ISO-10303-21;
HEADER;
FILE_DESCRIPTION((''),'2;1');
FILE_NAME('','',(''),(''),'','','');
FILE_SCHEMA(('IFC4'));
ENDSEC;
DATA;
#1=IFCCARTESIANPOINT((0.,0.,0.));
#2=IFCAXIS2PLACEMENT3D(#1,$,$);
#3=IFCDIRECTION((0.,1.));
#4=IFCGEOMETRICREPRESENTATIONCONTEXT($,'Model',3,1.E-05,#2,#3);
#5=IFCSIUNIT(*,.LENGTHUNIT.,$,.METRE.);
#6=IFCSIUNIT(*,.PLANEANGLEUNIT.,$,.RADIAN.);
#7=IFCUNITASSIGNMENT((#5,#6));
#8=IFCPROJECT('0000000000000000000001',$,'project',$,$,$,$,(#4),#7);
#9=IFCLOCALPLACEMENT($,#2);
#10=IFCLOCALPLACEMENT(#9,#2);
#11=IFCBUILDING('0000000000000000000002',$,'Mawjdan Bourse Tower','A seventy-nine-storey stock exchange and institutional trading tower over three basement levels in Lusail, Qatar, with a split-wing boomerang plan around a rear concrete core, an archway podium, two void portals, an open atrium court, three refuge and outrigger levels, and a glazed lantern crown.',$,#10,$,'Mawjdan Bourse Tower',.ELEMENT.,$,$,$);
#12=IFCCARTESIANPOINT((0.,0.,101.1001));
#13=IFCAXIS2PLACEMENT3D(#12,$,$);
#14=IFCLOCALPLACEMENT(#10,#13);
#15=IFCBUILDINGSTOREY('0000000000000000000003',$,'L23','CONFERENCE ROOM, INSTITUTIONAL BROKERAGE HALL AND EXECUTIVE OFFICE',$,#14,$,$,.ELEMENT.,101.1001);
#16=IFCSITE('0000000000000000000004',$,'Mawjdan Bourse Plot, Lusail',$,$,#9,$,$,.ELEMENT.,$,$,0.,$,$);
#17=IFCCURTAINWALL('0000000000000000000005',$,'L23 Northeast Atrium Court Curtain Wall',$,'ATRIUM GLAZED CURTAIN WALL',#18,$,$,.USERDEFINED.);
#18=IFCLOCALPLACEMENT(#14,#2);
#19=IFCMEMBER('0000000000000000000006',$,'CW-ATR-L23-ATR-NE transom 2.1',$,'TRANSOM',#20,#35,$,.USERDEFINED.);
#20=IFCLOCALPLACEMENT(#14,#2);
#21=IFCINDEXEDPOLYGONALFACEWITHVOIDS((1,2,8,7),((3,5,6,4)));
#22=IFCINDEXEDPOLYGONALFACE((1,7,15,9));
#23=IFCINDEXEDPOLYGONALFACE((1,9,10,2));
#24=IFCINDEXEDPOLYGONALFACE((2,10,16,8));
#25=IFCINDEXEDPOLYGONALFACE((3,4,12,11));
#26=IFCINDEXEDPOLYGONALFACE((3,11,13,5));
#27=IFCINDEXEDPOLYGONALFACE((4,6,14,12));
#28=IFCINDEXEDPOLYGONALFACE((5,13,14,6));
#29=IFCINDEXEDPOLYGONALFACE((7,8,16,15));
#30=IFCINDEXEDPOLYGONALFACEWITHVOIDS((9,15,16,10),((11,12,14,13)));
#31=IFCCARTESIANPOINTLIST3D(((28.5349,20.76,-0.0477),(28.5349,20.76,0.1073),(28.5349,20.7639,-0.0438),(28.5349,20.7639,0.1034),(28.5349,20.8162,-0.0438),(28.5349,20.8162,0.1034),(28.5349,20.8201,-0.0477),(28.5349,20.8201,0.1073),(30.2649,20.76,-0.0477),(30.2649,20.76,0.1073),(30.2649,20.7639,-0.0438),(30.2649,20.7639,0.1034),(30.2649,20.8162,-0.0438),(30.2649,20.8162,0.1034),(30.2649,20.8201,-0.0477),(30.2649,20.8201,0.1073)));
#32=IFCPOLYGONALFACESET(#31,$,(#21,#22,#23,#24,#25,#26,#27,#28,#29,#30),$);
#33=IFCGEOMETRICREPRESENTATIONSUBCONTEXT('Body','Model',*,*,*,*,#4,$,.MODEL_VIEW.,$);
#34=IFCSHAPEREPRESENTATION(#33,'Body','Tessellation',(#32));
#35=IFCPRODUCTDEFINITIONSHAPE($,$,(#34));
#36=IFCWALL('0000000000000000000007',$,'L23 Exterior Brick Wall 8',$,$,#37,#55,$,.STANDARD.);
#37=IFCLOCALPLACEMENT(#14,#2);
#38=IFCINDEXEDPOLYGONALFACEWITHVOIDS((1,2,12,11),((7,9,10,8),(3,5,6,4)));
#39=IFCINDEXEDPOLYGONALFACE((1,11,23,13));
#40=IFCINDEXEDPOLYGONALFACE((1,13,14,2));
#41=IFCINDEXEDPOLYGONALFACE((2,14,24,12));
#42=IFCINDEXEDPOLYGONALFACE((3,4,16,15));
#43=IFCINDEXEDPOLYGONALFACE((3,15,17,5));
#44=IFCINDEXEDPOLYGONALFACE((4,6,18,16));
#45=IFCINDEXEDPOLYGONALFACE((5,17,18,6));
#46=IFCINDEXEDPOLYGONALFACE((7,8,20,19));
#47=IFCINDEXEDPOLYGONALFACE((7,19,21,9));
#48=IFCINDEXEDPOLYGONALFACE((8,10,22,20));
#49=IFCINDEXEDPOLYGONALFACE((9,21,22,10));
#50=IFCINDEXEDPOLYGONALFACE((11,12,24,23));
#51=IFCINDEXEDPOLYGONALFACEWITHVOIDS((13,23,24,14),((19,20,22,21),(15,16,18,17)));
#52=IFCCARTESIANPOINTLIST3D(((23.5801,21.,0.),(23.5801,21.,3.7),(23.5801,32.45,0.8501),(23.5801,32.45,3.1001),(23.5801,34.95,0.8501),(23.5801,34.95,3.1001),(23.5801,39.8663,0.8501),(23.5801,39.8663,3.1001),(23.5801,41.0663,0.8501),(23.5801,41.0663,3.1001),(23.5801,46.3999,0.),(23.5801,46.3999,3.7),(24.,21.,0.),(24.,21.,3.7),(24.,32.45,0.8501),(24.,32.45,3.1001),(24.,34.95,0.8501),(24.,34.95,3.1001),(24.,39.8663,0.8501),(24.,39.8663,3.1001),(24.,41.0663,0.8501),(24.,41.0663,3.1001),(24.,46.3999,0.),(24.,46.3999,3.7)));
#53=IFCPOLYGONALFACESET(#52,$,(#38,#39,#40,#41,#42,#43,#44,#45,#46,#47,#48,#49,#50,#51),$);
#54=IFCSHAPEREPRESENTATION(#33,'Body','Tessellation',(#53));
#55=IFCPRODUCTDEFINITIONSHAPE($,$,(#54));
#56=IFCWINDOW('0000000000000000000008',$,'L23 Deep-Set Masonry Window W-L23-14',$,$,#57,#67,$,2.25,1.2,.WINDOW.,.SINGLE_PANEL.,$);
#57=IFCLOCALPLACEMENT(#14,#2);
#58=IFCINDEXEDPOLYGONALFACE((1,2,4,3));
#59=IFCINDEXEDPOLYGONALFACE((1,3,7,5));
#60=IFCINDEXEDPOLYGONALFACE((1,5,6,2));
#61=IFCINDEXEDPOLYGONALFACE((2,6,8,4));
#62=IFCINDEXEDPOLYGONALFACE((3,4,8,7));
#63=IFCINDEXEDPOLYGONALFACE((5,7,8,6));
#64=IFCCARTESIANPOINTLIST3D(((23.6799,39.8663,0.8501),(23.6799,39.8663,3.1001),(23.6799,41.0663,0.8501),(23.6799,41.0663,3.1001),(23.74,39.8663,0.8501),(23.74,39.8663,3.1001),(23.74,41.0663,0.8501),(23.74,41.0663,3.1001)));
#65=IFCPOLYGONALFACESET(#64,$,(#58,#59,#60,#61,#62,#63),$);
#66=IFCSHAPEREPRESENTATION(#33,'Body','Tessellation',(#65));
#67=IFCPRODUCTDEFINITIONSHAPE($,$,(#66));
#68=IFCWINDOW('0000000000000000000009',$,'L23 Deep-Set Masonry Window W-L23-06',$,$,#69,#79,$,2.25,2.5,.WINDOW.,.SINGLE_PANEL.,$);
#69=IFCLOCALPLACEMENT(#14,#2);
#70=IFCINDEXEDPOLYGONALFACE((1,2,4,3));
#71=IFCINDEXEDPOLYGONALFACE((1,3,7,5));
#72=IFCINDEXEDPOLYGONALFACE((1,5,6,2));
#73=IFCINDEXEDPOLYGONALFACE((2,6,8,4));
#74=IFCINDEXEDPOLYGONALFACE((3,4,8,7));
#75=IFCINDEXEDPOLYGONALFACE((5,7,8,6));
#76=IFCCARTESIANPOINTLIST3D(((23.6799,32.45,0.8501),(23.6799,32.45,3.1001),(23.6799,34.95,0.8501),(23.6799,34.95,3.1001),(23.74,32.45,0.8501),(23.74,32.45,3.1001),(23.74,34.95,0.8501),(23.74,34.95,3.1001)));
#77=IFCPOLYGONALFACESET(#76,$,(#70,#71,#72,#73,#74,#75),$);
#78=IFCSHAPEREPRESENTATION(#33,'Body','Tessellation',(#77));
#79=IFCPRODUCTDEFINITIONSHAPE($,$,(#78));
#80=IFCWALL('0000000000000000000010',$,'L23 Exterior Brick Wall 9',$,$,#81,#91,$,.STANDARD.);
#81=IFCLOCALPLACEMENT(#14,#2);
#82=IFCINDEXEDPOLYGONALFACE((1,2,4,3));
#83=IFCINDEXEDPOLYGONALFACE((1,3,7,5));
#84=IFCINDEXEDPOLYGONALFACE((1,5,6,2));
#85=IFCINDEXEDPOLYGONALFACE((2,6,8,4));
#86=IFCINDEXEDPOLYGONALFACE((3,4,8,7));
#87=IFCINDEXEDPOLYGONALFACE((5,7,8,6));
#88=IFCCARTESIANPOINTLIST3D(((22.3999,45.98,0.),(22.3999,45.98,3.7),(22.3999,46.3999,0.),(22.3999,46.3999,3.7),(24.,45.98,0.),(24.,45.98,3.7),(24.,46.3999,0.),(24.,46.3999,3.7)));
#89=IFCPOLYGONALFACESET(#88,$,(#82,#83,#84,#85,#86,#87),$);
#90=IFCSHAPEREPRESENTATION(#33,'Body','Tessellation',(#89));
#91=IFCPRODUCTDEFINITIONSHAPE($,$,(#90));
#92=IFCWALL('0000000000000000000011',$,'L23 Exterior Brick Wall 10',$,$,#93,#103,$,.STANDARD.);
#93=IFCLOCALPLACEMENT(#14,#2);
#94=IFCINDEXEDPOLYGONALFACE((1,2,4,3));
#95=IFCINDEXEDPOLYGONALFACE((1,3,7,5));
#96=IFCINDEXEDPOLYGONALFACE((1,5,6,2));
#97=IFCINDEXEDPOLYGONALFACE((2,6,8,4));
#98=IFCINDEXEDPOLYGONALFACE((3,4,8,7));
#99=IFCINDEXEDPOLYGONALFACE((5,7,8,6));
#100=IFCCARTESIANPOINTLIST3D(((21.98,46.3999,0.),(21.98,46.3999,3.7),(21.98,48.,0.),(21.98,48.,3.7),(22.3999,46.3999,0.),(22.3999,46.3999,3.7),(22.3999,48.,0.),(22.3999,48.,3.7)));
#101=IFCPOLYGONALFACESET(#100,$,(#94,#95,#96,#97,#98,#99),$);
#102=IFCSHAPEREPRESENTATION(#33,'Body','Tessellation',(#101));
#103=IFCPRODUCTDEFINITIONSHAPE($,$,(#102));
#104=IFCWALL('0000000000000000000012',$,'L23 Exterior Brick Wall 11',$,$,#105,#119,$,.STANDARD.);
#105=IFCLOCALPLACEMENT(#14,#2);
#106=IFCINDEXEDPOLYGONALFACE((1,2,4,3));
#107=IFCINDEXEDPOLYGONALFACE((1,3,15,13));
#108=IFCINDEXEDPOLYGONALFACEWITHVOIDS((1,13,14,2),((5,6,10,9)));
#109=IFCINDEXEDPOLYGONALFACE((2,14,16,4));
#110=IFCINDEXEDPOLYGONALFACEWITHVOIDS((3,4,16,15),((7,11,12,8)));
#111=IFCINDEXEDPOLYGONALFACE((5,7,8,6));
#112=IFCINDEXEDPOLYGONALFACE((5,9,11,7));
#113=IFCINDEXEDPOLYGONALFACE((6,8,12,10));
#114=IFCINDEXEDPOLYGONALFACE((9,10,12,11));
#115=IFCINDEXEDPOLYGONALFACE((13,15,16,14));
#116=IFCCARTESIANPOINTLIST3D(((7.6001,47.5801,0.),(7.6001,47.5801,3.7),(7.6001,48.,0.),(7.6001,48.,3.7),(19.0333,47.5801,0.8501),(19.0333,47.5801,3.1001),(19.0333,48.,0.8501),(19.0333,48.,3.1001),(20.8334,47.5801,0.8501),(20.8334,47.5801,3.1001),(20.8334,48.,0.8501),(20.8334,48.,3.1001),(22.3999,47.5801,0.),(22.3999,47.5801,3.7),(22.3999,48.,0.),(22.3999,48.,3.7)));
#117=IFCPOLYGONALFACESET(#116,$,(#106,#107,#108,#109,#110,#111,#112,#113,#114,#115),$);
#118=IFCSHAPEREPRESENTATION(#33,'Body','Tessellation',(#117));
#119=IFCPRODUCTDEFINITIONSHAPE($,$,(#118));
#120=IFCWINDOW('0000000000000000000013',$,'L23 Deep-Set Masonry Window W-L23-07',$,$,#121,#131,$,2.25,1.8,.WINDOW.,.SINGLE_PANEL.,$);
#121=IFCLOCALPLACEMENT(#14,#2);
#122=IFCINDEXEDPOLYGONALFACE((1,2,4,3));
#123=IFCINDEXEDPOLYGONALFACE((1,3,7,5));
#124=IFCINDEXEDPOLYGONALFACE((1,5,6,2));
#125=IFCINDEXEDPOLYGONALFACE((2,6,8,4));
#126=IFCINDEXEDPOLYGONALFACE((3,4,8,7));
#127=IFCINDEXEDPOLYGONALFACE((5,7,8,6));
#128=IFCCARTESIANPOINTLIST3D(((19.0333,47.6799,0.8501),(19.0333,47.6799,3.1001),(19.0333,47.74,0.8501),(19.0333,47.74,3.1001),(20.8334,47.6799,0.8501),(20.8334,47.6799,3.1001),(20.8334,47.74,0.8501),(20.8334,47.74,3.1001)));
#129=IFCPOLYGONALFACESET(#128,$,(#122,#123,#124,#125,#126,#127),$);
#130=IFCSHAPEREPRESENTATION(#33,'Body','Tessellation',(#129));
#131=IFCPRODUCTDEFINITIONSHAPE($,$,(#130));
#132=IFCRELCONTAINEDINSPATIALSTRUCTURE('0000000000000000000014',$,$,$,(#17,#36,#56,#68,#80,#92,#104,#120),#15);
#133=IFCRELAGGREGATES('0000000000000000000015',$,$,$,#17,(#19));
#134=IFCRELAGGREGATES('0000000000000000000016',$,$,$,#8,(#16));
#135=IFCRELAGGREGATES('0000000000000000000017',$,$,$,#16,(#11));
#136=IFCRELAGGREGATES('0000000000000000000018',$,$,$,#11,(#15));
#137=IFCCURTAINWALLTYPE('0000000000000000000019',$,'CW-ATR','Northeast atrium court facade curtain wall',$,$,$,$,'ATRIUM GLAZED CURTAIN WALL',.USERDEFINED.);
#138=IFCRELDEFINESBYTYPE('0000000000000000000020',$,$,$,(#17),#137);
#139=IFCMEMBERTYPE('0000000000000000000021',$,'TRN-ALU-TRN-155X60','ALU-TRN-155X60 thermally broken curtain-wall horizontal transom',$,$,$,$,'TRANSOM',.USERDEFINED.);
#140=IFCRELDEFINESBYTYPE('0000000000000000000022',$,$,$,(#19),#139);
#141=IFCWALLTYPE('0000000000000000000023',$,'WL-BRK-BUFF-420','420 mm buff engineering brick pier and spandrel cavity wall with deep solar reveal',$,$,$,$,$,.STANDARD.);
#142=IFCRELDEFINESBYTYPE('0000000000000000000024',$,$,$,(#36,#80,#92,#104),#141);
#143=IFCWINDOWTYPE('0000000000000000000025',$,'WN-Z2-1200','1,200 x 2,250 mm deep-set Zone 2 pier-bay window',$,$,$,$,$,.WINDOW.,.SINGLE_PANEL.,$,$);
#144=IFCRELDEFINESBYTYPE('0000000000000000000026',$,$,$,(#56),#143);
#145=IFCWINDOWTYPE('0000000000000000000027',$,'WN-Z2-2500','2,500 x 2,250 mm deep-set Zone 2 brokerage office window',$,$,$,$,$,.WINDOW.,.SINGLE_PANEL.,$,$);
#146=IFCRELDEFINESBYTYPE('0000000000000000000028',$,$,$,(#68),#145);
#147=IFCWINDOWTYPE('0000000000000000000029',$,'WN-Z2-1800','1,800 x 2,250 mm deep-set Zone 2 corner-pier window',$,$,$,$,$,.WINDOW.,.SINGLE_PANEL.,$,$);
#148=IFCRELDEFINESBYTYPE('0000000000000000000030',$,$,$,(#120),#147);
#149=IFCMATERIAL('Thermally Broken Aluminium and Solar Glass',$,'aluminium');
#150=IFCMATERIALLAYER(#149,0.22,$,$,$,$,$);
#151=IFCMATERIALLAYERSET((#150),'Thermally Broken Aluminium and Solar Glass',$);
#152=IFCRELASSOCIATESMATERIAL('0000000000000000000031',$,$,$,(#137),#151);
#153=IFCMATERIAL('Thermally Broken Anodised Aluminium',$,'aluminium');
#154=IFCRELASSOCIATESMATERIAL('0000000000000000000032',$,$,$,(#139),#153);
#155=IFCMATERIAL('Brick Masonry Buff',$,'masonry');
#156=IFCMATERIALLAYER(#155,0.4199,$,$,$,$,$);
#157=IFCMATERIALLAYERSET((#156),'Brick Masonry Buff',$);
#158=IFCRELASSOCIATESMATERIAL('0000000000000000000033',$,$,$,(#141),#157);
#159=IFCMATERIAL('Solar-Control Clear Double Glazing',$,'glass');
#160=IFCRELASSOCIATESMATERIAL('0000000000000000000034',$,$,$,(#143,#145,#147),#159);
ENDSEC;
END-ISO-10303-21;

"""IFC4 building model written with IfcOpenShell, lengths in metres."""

from ifc_helpers import new_model, si_unit, direction, frame, frame_2d, origin, origin_2d, place, context, subcontext, project, spatial, rectangle, hollow_rectangle, extrude, material, layer, layer_set, material_profile, profile_set, type_object, element, fill, aggregate, save


model = new_model("IFC4")

# Units and contexts
model_context = context("Model", 3, precision=1e-05, world=origin(), true_north=direction((0.0, 1.0)))
body_context = subcontext(model_context, "Body", "Model", "MODEL_VIEW")
ifc_project = project(units=[si_unit("LENGTHUNIT", "METRE"), si_unit("PLANEANGLEUNIT", "RADIAN")], contexts=[model_context])

# Site, building, storey
site_placement = place(None, origin())
site = spatial("IfcSite", under=ifc_project, at=site_placement, Name="Mawjdan Bourse Plot, Lusail", CompositionType="ELEMENT", RefElevation=0.0)
building_placement = place(site_placement, origin())
building = spatial("IfcBuilding", under=site, at=building_placement, Name="Mawjdan Bourse Tower", Description="A seventy-nine-storey stock exchange and institutional trading tower over three basement levels in Lusail, Qatar, with a split-wing boomerang plan around a rear concrete core, an archway podium, two void portals, an open atrium court, three refuge and outrigger levels, and a glazed lantern crown.", LongName="Mawjdan Bourse Tower", CompositionType="ELEMENT")
storey_placement = place(building_placement, frame((0.0, 0.0, 101.1001)))
storey = spatial("IfcBuildingStorey", under=building, at=storey_placement, Name="L23", Description="CONFERENCE ROOM, INSTITUTIONAL BROKERAGE HALL AND EXECUTIVE OFFICE", CompositionType="ELEMENT", Elevation=101.1001)

# Curtain wall, member
ifc_material_1 = material(Name="Thermally Broken Aluminium and Solar Glass", Category="aluminium")
ifc_layer_1 = layer(ifc_material_1, 0.22)
ifc_layer_set_1 = layer_set([ifc_layer_1], Name="Thermally Broken Aluminium and Solar Glass")
curtain_wall_type = type_object("IfcCurtainWallType", Name="CW-ATR", Description="Northeast atrium court facade curtain wall", ElementType="ATRIUM GLAZED CURTAIN WALL", PredefinedType="USERDEFINED", material=ifc_layer_set_1)
curtain_wall_placement = place(storey_placement, origin())
curtain_wall = element("IfcCurtainWall", 1, at=curtain_wall_placement, inside=storey, type_object=curtain_wall_type, Name="L23 Northeast Atrium Court Curtain Wall", ObjectType="ATRIUM GLAZED CURTAIN WALL", PredefinedType="USERDEFINED")
ifc_material_2 = material(Name="Thermally Broken Anodised Aluminium", Category="aluminium")
ifc_material_profile_1 = material_profile(ifc_material_2, hollow_rectangle(XDim=0.0601, YDim=0.155, WallThickness=0.0039, at=origin_2d()), Name="ALU-TRN-155X60")
ifc_profile_set_1 = profile_set([ifc_material_profile_1], Name="Thermally Broken Anodised Aluminium")
member_type = type_object("IfcMemberType", Name="TRN-ALU-TRN-155X60", Description="ALU-TRN-155X60 thermally broken curtain-wall horizontal transom", ElementType="TRANSOM", PredefinedType="USERDEFINED", material=ifc_profile_set_1)
member_placement = place(storey_placement, frame((30.2649, 20.79, 0.0298), z_axis=(-1.0, 0.0, 0.0), x_axis=(0.0, -1.0, 0.0)))
member = element("IfcMember", 2, at=member_placement, type_object=member_type, Name="CW-ATR-L23-ATR-NE transom 2.1", ObjectType="TRANSOM", PredefinedType="USERDEFINED", context=body_context, shape_type="SweptSolid", body=[
    extrude(hollow_rectangle(XDim=0.0601, YDim=0.155, WallThickness=0.0039, at=origin_2d()), origin(), (0.0, 0.0, 1.0), 1.73),
])
aggregate(curtain_wall, [member])

# Wall, openings, windows
ifc_material_3 = material(Name="Brick Masonry Buff", Category="masonry")
ifc_layer_2 = layer(ifc_material_3, 0.4199)
ifc_layer_set_2 = layer_set([ifc_layer_2], Name="Brick Masonry Buff")
wall_type = type_object("IfcWallType", Name="WL-BRK-BUFF-420", Description="420 mm buff engineering brick pier and spandrel cavity wall with deep solar reveal", PredefinedType="STANDARD", material=ifc_layer_set_2)
wall_1_placement = place(storey_placement, frame((23.79, 21.0, 0.0), z_axis=(0.0, 0.0, 1.0), x_axis=(0.0, 1.0, 0.0)))
wall_1 = element("IfcWall", 3, at=wall_1_placement, inside=storey, type_object=wall_type, Name="L23 Exterior Brick Wall 8", PredefinedType="STANDARD", context=body_context, shape_type="SweptSolid", body=[
    extrude(rectangle(XDim=25.3999, YDim=0.4199, at=frame_2d((12.7, 0.0))), origin(), (0.0, 0.0, 1.0), 3.7),
])
opening_1_placement = place(wall_1_placement, frame((11.45, 0.0, 0.8501)))
opening_1 = element("IfcOpeningElement", 4, at=opening_1_placement, cuts=wall_1, PredefinedType="OPENING", context=body_context, shape_type="SweptSolid", body=[
    extrude(rectangle(XDim=2.5, YDim=2.25, at=frame_2d((1.25, 1.125))), frame((0.0, 0.22, 0.0), z_axis=(0.0, -1.0, 0.0), x_axis=(1.0, 0.0, 0.0)), (0.0, 0.0, 1.0), 0.4399),
])
opening_2_placement = place(wall_1_placement, frame((18.8662, 0.0, 0.8501)))
opening_2 = element("IfcOpeningElement", 5, at=opening_2_placement, cuts=wall_1, PredefinedType="OPENING", context=body_context, shape_type="SweptSolid", body=[
    extrude(rectangle(XDim=1.2, YDim=2.25, at=frame_2d((0.6001, 1.125))), frame((0.0, 0.22, 0.0), z_axis=(0.0, -1.0, 0.0), x_axis=(1.0, 0.0, 0.0)), (0.0, 0.0, 1.0), 0.4399),
])
ifc_material_4 = material(Name="Solar-Control Clear Double Glazing", Category="glass")
window_type_1 = type_object("IfcWindowType", Name="WN-Z2-1200", Description="1,200 x 2,250 mm deep-set Zone 2 pier-bay window", PartitioningType="SINGLE_PANEL", PredefinedType="WINDOW", material=ifc_material_4)
window_1_placement = place(opening_2_placement, origin())
window_1 = element("IfcWindow", 6, at=window_1_placement, inside=storey, type_object=window_type_1, Name="L23 Deep-Set Masonry Window W-L23-14", OverallHeight=2.25, OverallWidth=1.2, PartitioningType="SINGLE_PANEL", PredefinedType="WINDOW", context=body_context, shape_type="SweptSolid", body=[
    extrude(rectangle(XDim=1.2, YDim=2.25, at=frame_2d((0.6001, 1.125))), frame((0.0, 0.1101, 0.0), z_axis=(0.0, -1.0, 0.0), x_axis=(1.0, 0.0, 0.0)), (0.0, 0.0, 1.0), 0.0601),
])
fill(opening_2, window_1)
window_type_2 = type_object("IfcWindowType", Name="WN-Z2-2500", Description="2,500 x 2,250 mm deep-set Zone 2 brokerage office window", PartitioningType="SINGLE_PANEL", PredefinedType="WINDOW", material=ifc_material_4)
window_2_placement = place(opening_1_placement, origin())
window_2 = element("IfcWindow", 7, at=window_2_placement, inside=storey, type_object=window_type_2, Name="L23 Deep-Set Masonry Window W-L23-06", OverallHeight=2.25, OverallWidth=2.5, PartitioningType="SINGLE_PANEL", PredefinedType="WINDOW", context=body_context, shape_type="SweptSolid", body=[
    extrude(rectangle(XDim=2.5, YDim=2.25, at=frame_2d((1.25, 1.125))), frame((0.0, 0.1101, 0.0), z_axis=(0.0, -1.0, 0.0), x_axis=(1.0, 0.0, 0.0)), (0.0, 0.0, 1.0), 0.0601),
])
fill(opening_1, window_2)

# Walls
for number, where, z_axis, x_axis, name in (
    (8, (24.0, 46.1899, 0.0), (0.0, 0.0, 1.0), (-1.0, 0.0, 0.0), "L23 Exterior Brick Wall 9"),
    (9, (22.1899, 46.3999, 0.0), (0.0, 0.0, 1.0), (0.0, 1.0, 0.0), "L23 Exterior Brick Wall 10"),
):
    element("IfcWall", number, at=place(storey_placement, frame(where, z_axis=z_axis, x_axis=x_axis)), inside=storey, type_object=wall_type, Name=name, PredefinedType="STANDARD", context=body_context, shape_type="SweptSolid", body=[
        extrude(rectangle(XDim=1.6001, YDim=0.4199, at=frame_2d((0.8, 0.0))), origin(), (0.0, 0.0, 1.0), 3.7),
    ])

# Wall, opening, window
wall_2_placement = place(storey_placement, frame((22.3999, 47.79, 0.0), z_axis=(0.0, 0.0, 1.0), x_axis=(-1.0, 0.0, 0.0)))
wall_2 = element("IfcWall", 10, at=wall_2_placement, inside=storey, type_object=wall_type, Name="L23 Exterior Brick Wall 11", PredefinedType="STANDARD", context=body_context, shape_type="SweptSolid", body=[
    extrude(rectangle(XDim=14.7998, YDim=0.4199, at=frame_2d((7.3999, 0.0))), origin(), (0.0, 0.0, 1.0), 3.7),
])
opening_3_placement = place(wall_2_placement, frame((1.5667, 0.0, 0.8501)))
opening_3 = element("IfcOpeningElement", 11, at=opening_3_placement, cuts=wall_2, PredefinedType="OPENING", context=body_context, shape_type="SweptSolid", body=[
    extrude(rectangle(XDim=1.8, YDim=2.25, at=frame_2d((0.8999, 1.125))), frame((0.0, 0.22, 0.0), z_axis=(0.0, -1.0, 0.0), x_axis=(1.0, 0.0, 0.0)), (0.0, 0.0, 1.0), 0.4399),
])
window_type_3 = type_object("IfcWindowType", Name="WN-Z2-1800", Description="1,800 x 2,250 mm deep-set Zone 2 corner-pier window", PartitioningType="SINGLE_PANEL", PredefinedType="WINDOW", material=ifc_material_4)
window_3_placement = place(opening_3_placement, origin())
window_3 = element("IfcWindow", 12, at=window_3_placement, inside=storey, type_object=window_type_3, Name="L23 Deep-Set Masonry Window W-L23-07", OverallHeight=2.25, OverallWidth=1.8, PartitioningType="SINGLE_PANEL", PredefinedType="WINDOW", context=body_context, shape_type="SweptSolid", body=[
    extrude(rectangle(XDim=1.8, YDim=2.25, at=frame_2d((0.8999, 1.125))), frame((0.0, 0.1101, 0.0), z_axis=(0.0, -1.0, 0.0), x_axis=(1.0, 0.0, 0.0)), (0.0, 0.0, 1.0), 0.0601),
])
fill(opening_3, window_3)

save(model, "model.ifc")
